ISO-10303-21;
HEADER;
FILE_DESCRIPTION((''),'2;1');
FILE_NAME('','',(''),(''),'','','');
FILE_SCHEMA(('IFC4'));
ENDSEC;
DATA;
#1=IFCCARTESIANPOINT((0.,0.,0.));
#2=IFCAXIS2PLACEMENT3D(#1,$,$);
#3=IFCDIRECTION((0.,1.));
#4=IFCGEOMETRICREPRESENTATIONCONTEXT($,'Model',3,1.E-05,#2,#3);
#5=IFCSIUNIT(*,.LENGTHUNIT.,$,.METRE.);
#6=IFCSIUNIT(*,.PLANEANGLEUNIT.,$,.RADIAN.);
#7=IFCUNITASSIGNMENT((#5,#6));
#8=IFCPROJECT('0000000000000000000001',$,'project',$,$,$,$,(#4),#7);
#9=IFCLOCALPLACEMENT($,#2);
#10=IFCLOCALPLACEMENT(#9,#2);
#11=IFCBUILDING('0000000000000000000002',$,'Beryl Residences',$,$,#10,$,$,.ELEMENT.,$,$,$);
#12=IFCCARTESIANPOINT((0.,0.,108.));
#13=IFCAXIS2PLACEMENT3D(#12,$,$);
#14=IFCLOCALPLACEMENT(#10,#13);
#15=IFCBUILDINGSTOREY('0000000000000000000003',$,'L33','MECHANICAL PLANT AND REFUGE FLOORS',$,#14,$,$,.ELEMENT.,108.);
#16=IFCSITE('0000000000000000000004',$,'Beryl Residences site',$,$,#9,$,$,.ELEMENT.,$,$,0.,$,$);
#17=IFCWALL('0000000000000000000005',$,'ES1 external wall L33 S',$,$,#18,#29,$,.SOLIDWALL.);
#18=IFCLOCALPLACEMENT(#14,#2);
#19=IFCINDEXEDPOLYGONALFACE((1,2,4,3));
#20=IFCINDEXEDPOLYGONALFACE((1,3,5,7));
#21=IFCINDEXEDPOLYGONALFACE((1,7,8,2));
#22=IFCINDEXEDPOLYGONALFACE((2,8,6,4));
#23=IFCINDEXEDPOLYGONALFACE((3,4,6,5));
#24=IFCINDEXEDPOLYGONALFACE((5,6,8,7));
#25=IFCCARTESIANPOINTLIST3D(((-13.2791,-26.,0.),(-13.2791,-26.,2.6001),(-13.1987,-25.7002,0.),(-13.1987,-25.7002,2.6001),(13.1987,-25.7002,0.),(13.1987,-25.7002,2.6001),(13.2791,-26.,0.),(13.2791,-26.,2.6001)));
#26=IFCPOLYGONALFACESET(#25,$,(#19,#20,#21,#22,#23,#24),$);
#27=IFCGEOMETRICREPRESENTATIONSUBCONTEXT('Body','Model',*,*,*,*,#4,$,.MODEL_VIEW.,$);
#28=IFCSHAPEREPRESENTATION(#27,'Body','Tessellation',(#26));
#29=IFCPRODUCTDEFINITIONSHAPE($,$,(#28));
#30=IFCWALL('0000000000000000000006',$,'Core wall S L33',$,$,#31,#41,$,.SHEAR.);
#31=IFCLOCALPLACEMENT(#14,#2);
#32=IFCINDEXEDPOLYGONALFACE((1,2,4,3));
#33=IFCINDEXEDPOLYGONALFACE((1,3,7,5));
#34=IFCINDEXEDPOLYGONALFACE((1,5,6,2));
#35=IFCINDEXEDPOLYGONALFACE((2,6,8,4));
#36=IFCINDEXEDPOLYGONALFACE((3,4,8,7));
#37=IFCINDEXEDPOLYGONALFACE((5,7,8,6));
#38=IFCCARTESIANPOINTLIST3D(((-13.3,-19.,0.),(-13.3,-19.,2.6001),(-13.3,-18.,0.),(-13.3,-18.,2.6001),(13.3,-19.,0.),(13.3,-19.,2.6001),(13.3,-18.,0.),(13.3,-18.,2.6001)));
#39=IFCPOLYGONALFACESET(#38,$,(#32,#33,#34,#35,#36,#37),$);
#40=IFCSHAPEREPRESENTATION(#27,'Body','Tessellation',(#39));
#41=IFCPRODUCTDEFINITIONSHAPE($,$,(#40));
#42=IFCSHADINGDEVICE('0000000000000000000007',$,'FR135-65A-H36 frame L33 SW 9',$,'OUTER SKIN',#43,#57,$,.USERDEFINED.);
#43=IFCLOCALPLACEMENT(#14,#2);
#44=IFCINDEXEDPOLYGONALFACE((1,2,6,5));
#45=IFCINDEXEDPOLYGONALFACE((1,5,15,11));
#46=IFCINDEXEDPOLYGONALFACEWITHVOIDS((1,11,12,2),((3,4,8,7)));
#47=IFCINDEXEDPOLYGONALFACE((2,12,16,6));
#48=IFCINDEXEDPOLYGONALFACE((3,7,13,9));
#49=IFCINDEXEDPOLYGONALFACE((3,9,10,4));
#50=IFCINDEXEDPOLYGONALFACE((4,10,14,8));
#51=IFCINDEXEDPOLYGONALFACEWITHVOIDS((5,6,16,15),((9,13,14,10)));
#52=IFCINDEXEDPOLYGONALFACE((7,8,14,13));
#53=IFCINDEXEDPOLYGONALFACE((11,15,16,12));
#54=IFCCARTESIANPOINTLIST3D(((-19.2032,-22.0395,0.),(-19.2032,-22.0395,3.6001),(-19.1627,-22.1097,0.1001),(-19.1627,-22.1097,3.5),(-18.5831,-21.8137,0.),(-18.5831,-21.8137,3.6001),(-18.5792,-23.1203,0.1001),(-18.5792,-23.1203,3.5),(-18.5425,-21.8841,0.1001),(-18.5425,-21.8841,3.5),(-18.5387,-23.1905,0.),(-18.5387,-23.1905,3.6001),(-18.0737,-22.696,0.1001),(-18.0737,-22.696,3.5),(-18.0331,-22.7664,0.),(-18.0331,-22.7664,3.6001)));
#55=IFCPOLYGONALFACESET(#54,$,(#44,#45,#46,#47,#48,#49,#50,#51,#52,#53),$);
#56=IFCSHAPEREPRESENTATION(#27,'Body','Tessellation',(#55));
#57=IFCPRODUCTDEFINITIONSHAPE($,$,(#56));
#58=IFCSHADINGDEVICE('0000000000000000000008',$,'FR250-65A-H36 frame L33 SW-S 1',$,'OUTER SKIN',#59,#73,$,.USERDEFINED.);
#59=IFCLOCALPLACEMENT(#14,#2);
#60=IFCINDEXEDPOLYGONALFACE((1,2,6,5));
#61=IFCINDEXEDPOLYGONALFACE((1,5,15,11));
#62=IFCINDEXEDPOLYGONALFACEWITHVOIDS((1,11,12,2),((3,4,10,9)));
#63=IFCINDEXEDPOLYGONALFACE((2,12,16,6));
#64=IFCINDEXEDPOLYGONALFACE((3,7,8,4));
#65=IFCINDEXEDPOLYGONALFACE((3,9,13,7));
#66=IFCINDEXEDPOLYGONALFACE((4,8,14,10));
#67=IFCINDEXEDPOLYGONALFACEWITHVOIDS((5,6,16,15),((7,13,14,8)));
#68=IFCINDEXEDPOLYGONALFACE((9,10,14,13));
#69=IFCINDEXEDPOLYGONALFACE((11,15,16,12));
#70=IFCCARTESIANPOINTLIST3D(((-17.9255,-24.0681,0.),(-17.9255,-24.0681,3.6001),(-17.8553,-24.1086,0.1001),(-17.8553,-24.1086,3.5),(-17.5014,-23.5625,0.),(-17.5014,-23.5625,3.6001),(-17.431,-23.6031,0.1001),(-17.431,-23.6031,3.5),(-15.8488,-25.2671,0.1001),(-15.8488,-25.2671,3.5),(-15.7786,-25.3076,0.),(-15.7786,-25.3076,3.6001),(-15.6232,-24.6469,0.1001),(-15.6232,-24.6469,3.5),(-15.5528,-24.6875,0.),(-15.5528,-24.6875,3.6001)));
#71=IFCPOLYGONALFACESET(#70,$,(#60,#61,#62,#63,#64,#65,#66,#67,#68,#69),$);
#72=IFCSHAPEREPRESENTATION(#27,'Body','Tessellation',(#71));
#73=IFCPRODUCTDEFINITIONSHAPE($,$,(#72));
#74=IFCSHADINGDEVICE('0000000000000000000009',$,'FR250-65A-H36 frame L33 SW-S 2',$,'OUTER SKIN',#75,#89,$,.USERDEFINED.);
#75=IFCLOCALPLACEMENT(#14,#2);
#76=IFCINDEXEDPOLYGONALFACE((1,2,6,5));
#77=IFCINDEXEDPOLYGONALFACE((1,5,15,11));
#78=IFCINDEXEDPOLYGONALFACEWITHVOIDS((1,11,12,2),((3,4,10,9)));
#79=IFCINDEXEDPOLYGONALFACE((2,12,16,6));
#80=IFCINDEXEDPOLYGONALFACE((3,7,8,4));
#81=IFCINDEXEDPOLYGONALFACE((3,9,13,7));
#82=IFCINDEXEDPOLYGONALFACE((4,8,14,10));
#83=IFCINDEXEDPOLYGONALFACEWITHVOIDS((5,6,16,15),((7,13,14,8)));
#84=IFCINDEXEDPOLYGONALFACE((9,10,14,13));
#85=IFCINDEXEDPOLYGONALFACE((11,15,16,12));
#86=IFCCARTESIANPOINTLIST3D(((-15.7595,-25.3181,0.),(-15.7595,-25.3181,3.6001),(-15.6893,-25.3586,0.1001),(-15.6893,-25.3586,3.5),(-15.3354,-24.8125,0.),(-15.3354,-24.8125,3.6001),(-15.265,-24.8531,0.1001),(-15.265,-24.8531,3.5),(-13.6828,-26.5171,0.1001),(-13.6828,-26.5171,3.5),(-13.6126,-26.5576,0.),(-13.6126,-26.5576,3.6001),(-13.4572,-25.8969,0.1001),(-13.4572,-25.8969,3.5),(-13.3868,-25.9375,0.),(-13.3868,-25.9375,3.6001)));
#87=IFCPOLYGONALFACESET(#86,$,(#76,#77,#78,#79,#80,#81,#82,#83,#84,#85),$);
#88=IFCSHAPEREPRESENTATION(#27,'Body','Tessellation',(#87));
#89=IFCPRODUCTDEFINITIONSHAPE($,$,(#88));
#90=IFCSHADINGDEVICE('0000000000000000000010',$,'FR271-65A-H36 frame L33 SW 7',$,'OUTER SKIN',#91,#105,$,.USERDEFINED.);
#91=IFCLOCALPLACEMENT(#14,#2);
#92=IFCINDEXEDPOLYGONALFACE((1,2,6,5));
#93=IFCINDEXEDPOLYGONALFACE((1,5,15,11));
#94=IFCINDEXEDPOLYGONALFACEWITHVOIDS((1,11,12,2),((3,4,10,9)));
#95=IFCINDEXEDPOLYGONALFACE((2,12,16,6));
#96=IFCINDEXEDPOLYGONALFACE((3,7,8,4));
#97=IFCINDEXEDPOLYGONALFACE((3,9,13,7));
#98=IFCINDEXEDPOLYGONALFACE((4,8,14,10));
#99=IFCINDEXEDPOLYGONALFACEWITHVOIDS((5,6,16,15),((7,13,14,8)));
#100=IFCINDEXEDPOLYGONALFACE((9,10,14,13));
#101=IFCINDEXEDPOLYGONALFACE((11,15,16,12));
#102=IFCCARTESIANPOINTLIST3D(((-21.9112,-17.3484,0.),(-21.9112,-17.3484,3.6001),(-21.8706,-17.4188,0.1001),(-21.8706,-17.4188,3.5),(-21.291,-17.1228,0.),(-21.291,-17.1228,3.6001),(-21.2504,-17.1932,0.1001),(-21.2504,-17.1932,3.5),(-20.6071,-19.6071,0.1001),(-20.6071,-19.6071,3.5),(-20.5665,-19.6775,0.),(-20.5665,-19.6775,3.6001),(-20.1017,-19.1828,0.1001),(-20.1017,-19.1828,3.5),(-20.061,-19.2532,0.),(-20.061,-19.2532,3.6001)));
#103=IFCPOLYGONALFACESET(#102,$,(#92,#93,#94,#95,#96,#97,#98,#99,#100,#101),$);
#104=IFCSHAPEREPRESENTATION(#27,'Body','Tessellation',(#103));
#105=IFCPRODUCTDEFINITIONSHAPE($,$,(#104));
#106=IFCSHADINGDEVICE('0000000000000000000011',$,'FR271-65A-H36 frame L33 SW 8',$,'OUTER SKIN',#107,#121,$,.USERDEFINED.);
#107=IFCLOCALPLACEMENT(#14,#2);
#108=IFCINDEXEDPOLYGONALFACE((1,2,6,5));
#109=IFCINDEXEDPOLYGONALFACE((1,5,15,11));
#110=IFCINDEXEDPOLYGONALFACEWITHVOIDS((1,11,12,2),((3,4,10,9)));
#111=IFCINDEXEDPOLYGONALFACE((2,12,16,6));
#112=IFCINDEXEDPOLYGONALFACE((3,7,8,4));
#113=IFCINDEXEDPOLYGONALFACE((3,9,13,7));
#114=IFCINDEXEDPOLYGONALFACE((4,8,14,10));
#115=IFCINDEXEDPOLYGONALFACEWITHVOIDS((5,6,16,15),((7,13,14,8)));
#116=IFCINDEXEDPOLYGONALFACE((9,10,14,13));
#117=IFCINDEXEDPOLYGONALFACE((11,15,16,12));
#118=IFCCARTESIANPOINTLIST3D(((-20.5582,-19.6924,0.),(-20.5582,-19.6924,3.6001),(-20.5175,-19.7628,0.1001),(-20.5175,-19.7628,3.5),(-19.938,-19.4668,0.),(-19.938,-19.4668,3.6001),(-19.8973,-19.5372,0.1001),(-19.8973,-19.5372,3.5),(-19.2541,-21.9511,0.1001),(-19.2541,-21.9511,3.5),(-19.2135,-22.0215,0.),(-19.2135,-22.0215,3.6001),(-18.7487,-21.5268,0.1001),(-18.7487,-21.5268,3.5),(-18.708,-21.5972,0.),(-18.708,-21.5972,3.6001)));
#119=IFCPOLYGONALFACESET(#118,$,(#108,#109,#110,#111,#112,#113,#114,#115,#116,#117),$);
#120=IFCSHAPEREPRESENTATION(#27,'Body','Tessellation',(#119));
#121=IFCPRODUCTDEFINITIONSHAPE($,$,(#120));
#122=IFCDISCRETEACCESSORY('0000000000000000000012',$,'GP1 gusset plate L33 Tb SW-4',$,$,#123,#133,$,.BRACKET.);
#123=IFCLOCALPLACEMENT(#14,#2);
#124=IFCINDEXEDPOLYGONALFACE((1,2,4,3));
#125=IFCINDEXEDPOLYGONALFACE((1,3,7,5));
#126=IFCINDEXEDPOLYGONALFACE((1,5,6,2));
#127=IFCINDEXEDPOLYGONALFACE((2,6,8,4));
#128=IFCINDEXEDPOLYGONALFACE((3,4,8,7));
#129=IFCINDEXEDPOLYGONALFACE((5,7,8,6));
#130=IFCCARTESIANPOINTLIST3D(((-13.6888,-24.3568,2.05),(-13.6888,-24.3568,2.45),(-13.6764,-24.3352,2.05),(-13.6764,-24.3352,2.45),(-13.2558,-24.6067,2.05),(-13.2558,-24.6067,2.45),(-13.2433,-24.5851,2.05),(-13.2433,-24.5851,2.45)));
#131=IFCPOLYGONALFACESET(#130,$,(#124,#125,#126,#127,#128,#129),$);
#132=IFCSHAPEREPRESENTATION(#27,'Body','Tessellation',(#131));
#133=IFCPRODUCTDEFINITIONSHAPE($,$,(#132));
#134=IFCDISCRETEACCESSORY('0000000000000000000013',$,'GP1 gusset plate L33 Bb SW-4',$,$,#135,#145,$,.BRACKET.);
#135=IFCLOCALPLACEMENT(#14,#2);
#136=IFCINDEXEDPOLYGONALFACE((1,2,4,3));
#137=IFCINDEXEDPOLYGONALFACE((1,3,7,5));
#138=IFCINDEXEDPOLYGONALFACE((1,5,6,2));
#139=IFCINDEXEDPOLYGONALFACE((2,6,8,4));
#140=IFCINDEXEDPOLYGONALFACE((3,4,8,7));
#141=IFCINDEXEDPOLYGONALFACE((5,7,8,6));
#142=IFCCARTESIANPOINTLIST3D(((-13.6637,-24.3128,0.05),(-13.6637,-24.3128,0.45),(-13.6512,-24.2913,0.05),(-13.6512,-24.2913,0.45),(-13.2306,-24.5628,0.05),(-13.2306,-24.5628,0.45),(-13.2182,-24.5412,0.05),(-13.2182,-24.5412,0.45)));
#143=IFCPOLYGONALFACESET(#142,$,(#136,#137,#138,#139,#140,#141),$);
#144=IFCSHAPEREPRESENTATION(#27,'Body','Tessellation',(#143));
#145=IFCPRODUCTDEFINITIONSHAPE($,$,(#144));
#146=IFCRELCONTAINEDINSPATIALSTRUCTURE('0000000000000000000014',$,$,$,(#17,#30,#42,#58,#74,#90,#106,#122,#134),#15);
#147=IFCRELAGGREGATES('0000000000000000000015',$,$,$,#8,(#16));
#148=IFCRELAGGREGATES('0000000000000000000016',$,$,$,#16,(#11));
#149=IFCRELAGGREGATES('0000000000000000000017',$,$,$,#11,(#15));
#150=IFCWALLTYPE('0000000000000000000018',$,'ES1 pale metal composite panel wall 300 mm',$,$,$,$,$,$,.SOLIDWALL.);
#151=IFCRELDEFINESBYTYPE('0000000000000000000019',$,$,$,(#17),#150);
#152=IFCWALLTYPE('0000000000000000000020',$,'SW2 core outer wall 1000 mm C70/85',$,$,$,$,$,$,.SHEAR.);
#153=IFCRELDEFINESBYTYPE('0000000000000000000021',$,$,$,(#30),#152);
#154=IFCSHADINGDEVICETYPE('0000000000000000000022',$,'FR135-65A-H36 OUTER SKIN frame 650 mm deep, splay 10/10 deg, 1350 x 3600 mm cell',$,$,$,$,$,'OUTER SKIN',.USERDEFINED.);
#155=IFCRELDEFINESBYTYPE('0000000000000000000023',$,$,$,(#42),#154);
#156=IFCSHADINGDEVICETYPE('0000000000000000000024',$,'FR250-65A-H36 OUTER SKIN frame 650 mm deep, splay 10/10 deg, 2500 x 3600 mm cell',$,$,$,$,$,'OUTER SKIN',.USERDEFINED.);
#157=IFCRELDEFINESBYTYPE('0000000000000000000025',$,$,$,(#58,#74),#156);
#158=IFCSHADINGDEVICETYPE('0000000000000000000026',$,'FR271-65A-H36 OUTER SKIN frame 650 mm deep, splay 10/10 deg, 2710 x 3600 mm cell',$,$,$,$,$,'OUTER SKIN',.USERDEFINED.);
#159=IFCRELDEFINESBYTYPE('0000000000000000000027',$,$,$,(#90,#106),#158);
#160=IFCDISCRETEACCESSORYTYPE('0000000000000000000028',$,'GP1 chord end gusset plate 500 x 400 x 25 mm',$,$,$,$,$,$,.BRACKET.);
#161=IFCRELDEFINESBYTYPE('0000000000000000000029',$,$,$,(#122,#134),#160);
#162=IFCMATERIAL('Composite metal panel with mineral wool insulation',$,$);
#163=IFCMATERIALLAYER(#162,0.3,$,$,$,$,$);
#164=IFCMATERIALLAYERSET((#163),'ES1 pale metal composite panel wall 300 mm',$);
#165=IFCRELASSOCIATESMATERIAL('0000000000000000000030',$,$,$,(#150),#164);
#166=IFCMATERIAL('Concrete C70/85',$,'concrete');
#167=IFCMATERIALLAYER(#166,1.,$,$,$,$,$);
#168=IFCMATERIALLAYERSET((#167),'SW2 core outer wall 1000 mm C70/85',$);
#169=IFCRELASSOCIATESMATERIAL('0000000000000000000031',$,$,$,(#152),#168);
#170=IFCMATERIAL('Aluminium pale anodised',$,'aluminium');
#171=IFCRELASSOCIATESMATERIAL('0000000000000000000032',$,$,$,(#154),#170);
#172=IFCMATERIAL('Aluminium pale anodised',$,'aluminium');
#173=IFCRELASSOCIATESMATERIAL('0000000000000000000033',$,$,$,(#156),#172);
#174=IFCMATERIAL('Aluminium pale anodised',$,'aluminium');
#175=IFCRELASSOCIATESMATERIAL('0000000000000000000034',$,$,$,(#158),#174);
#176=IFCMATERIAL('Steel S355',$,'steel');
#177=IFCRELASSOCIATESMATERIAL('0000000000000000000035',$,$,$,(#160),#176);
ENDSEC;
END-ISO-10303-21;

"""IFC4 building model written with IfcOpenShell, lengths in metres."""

from ifc_helpers import new_model, entity, si_unit, direction, frame, frame_2d, origin, origin_2d, place, context, subcontext, project, spatial, polyline, rectangle, outline, extrude, source, transform, mapped, material, layer, layer_set, type_object, type_shapes, element, save


model = new_model("IFC4")

# Units and contexts
model_context = context("Model", 3, precision=1e-05, world=origin(), true_north=direction((0.0, 1.0)))
body_context = subcontext(model_context, "Body", "Model", "MODEL_VIEW")
ifc_project = project(units=[si_unit("LENGTHUNIT", "METRE"), si_unit("PLANEANGLEUNIT", "RADIAN")], contexts=[model_context])

# Site, building, storey
site_placement = place(None, origin())
site = spatial("IfcSite", under=ifc_project, at=site_placement, Name="Beryl Residences site", CompositionType="ELEMENT", RefElevation=0.0)
building_placement = place(site_placement, origin())
building = spatial("IfcBuilding", under=site, at=building_placement, Name="Beryl Residences", CompositionType="ELEMENT")
storey_placement = place(building_placement, frame((0.0, 0.0, 108.0)))
storey = spatial("IfcBuildingStorey", under=building, at=storey_placement, Name="L33", Description="MECHANICAL PLANT AND REFUGE FLOORS", CompositionType="ELEMENT", Elevation=108.0)

# Walls
ifc_material_1 = material(Name="Composite metal panel with mineral wool insulation")
ifc_layer_1 = layer(ifc_material_1, 0.3)
ifc_layer_set_1 = layer_set([ifc_layer_1], Name="ES1 pale metal composite panel wall 300 mm")
wall_type_1 = type_object("IfcWallType", Name="ES1 pale metal composite panel wall 300 mm", PredefinedType="SOLIDWALL", material=ifc_layer_set_1)
wall_1_placement = place(storey_placement, frame((-13.2791, -25.8501, 0.0), z_axis=(0.0, 0.0, 1.0), x_axis=(1.0, 0.0, 0.0)))
element("IfcWall", 1, at=wall_1_placement, inside=storey, type_object=wall_type_1, Name="ES1 external wall L33 S", PredefinedType="SOLIDWALL", context=body_context, shape_type="SweptSolid", body=[
    extrude(outline(polyline([(0.0, -0.1499), (26.5581, -0.1499), (26.4778, 0.1499), (0.0803, 0.1499), (0.0, -0.1499)])), origin(), (0.0, 0.0, 1.0), 2.6001),
])
ifc_material_2 = material(Name="Concrete C70/85", Category="concrete")
ifc_layer_2 = layer(ifc_material_2, 1.0)
ifc_layer_set_2 = layer_set([ifc_layer_2], Name="SW2 core outer wall 1000 mm C70/85")
wall_type_2 = type_object("IfcWallType", Name="SW2 core outer wall 1000 mm C70/85", PredefinedType="SHEAR", material=ifc_layer_set_2)
wall_2_placement = place(storey_placement, frame((-13.3, -18.5, 0.0), z_axis=(0.0, 0.0, 1.0), x_axis=(1.0, 0.0, 0.0)))
element("IfcWall", 2, at=wall_2_placement, inside=storey, type_object=wall_type_2, Name="Core wall S L33", PredefinedType="SHEAR", context=body_context, shape_type="SweptSolid", body=[
    extrude(rectangle(XDim=26.6001, YDim=1.0, at=frame_2d((13.3, 0.0))), origin(), (0.0, 0.0, 1.0), 2.6001),
])

# Shading devices
ifc_material_3 = material(Name="Aluminium pale anodised", Category="aluminium")
shading_device_type_1 = type_object("IfcShadingDeviceType", Name="FR135-65A-H36 OUTER SKIN frame 650 mm deep, splay 10/10 deg, 1350 x 3600 mm cell", ElementType="OUTER SKIN", PredefinedType="USERDEFINED", material=ifc_material_3)
cartesian_point_1 = entity("IfcCartesianPoint", [-0.55, 0.0])
cartesian_point_2 = entity("IfcCartesianPoint", [-0.4688, 0.1001])
cartesian_point_3 = entity("IfcCartesianPoint", [-0.6646, 0.0])
cartesian_point_4 = entity("IfcCartesianPoint", [-0.5835, 0.1001])
shared_shape_1 = source(origin(), body_context, "Body", "SweptSolid", [
    entity("IfcExtrudedAreaSolidTapered", entity("IfcArbitraryProfileDefWithVoids", "AREA", None, entity("IfcPolyline", [cartesian_point_1, entity("IfcCartesianPoint", [0.55, 0.0]), entity("IfcCartesianPoint", [0.55, 3.6001]), entity("IfcCartesianPoint", [-0.55, 3.6001]), cartesian_point_1]), [entity("IfcPolyline", [cartesian_point_2, entity("IfcCartesianPoint", [0.4688, 0.1001]), entity("IfcCartesianPoint", [0.4688, 3.5]), entity("IfcCartesianPoint", [-0.4688, 3.5]), cartesian_point_2])]), entity("IfcAxis2Placement3D", entity("IfcCartesianPoint", [0.0, 0.0, 0.0]), entity("IfcDirection", [0.0, 1.0, 0.0]), entity("IfcDirection", [-1.0, 0.0, 0.0])), entity("IfcDirection", [0.0, 0.0, 1.0]), 0.6499, entity("IfcArbitraryProfileDefWithVoids", "AREA", None, entity("IfcPolyline", [cartesian_point_3, entity("IfcCartesianPoint", [0.6646, 0.0]), entity("IfcCartesianPoint", [0.6646, 3.6001]), entity("IfcCartesianPoint", [-0.6646, 3.6001]), cartesian_point_3]), [entity("IfcPolyline", [cartesian_point_4, entity("IfcCartesianPoint", [0.5835, 0.1001]), entity("IfcCartesianPoint", [0.5835, 3.5]), entity("IfcCartesianPoint", [-0.5835, 3.5]), cartesian_point_4])])),
])
type_shapes(shading_device_type_1, [shared_shape_1])
shading_device_placement = place(storey_placement, frame((-18.3081, -22.29, 0.0), z_axis=(0.0, 0.0, 1.0), x_axis=(-0.5, 0.866025, 0.0)))
element("IfcShadingDevice", 3, at=shading_device_placement, inside=storey, type_object=shading_device_type_1, Name="FR135-65A-H36 frame L33 SW 9", ObjectType="OUTER SKIN", PredefinedType="USERDEFINED", context=body_context, shape_type="MappedRepresentation", body=[
    mapped(shared_shape_1, transform((0.0, 0.0, 0.0))),
])
ifc_material_4 = material(Name="Aluminium pale anodised", Category="aluminium")
shading_device_type_2 = type_object("IfcShadingDeviceType", Name="FR250-65A-H36 OUTER SKIN frame 650 mm deep, splay 10/10 deg, 2500 x 3600 mm cell", ElementType="OUTER SKIN", PredefinedType="USERDEFINED", material=ifc_material_4)
cartesian_point_5 = entity("IfcCartesianPoint", [-1.125, 0.0])
cartesian_point_6 = entity("IfcCartesianPoint", [-1.0437, 0.1001])
cartesian_point_7 = entity("IfcCartesianPoint", [-1.2395, 0.0])
cartesian_point_8 = entity("IfcCartesianPoint", [-1.1584, 0.1001])
shared_shape_2 = source(origin(), body_context, "Body", "SweptSolid", [
    entity("IfcExtrudedAreaSolidTapered", entity("IfcArbitraryProfileDefWithVoids", "AREA", None, entity("IfcPolyline", [cartesian_point_5, entity("IfcCartesianPoint", [1.125, 0.0]), entity("IfcCartesianPoint", [1.125, 3.6001]), entity("IfcCartesianPoint", [-1.125, 3.6001]), cartesian_point_5]), [entity("IfcPolyline", [cartesian_point_6, entity("IfcCartesianPoint", [1.0437, 0.1001]), entity("IfcCartesianPoint", [1.0437, 3.5]), entity("IfcCartesianPoint", [-1.0437, 3.5]), cartesian_point_6])]), entity("IfcAxis2Placement3D", entity("IfcCartesianPoint", [0.0, 0.0, 0.0]), entity("IfcDirection", [0.0, 1.0, 0.0]), entity("IfcDirection", [-1.0, 0.0, 0.0])), entity("IfcDirection", [0.0, 0.0, 1.0]), 0.6499, entity("IfcArbitraryProfileDefWithVoids", "AREA", None, entity("IfcPolyline", [cartesian_point_7, entity("IfcCartesianPoint", [1.2395, 0.0]), entity("IfcCartesianPoint", [1.2395, 3.6001]), entity("IfcCartesianPoint", [-1.2395, 3.6001]), cartesian_point_7]), [entity("IfcPolyline", [cartesian_point_8, entity("IfcCartesianPoint", [1.1584, 0.1001]), entity("IfcCartesianPoint", [1.1584, 3.5]), entity("IfcCartesianPoint", [-1.1584, 3.5]), cartesian_point_8])])),
])
type_shapes(shading_device_type_2, [shared_shape_2])
for number, where, z_axis, x_axis, name in (
    (4, (-16.5271, -24.125, 0.0), (0.0, 0.0, 1.0), (-0.866025, 0.5, 0.0), "FR250-65A-H36 frame L33 SW-S 1"),
    (5, (-14.3611, -25.375, 0.0), (0.0, 0.0, 1.0), (-0.866025, 0.5, 0.0), "FR250-65A-H36 frame L33 SW-S 2"),
):
    element("IfcShadingDevice", number, at=place(storey_placement, frame(where, z_axis=z_axis, x_axis=x_axis)), inside=storey, type_object=shading_device_type_2, Name=name, ObjectType="OUTER SKIN", PredefinedType="USERDEFINED", context=body_context, shape_type="MappedRepresentation", body=[
        mapped(shared_shape_2, transform((0.0, 0.0, 0.0))),
    ])
ifc_material_5 = material(Name="Aluminium pale anodised", Category="aluminium")
shading_device_type_3 = type_object("IfcShadingDeviceType", Name="FR271-65A-H36 OUTER SKIN frame 650 mm deep, splay 10/10 deg, 2710 x 3600 mm cell", ElementType="OUTER SKIN", PredefinedType="USERDEFINED", material=ifc_material_5)
cartesian_point_9 = entity("IfcCartesianPoint", [-1.23, 0.0])
cartesian_point_10 = entity("IfcCartesianPoint", [-1.1487, 0.1001])
cartesian_point_11 = entity("IfcCartesianPoint", [-1.3447, 0.0])
cartesian_point_12 = entity("IfcCartesianPoint", [-1.2634, 0.1001])
shared_shape_3 = source(origin(), body_context, "Body", "SweptSolid", [
    entity("IfcExtrudedAreaSolidTapered", entity("IfcArbitraryProfileDefWithVoids", "AREA", None, entity("IfcPolyline", [cartesian_point_9, entity("IfcCartesianPoint", [1.23, 0.0]), entity("IfcCartesianPoint", [1.23, 3.6001]), entity("IfcCartesianPoint", [-1.23, 3.6001]), cartesian_point_9]), [entity("IfcPolyline", [cartesian_point_10, entity("IfcCartesianPoint", [1.1487, 0.1001]), entity("IfcCartesianPoint", [1.1487, 3.5]), entity("IfcCartesianPoint", [-1.1487, 3.5]), cartesian_point_10])]), entity("IfcAxis2Placement3D", entity("IfcCartesianPoint", [0.0, 0.0, 0.0]), entity("IfcDirection", [0.0, 1.0, 0.0]), entity("IfcDirection", [-1.0, 0.0, 0.0])), entity("IfcDirection", [0.0, 0.0, 1.0]), 0.6499, entity("IfcArbitraryProfileDefWithVoids", "AREA", None, entity("IfcPolyline", [cartesian_point_11, entity("IfcCartesianPoint", [1.3447, 0.0]), entity("IfcCartesianPoint", [1.3447, 3.6001]), entity("IfcCartesianPoint", [-1.3447, 3.6001]), cartesian_point_11]), [entity("IfcPolyline", [cartesian_point_12, entity("IfcCartesianPoint", [1.2634, 0.1001]), entity("IfcCartesianPoint", [1.2634, 3.5]), entity("IfcCartesianPoint", [-1.2634, 3.5]), cartesian_point_12])])),
])
type_shapes(shading_device_type_3, [shared_shape_3])
for number, where, z_axis, x_axis, name in (
    (6, (-20.676, -18.188, 0.0), (0.0, 0.0, 1.0), (-0.5, 0.866025, 0.0), "FR271-65A-H36 frame L33 SW 7"),
    (7, (-19.323, -20.532, 0.0), (0.0, 0.0, 1.0), (-0.5, 0.866025, 0.0), "FR271-65A-H36 frame L33 SW 8"),
):
    element("IfcShadingDevice", number, at=place(storey_placement, frame(where, z_axis=z_axis, x_axis=x_axis)), inside=storey, type_object=shading_device_type_3, Name=name, ObjectType="OUTER SKIN", PredefinedType="USERDEFINED", context=body_context, shape_type="MappedRepresentation", body=[
        mapped(shared_shape_3, transform((0.0, 0.0, 0.0))),
    ])

# Discrete accessories
ifc_material_6 = material(Name="Steel S355", Category="steel")
discrete_accessory_type = type_object("IfcDiscreteAccessoryType", Name="GP1 chord end gusset plate 500 x 400 x 25 mm", PredefinedType="BRACKET", material=ifc_material_6)
for number, where, z_axis, x_axis, name in (
    (8, (-13.4661, -24.4709, 2.05), (0.0, 0.0, 1.0), (-0.866106, 0.499861, 0.0), "GP1 gusset plate L33 Tb SW-4"),
    (9, (-13.4409, -24.427, 0.05), (0.0, 0.0, 1.0), (-0.866106, 0.499861, 0.0), "GP1 gusset plate L33 Bb SW-4"),
):
    element("IfcDiscreteAccessory", number, at=place(storey_placement, frame(where, z_axis=z_axis, x_axis=x_axis)), inside=storey, type_object=discrete_accessory_type, Name=name, PredefinedType="BRACKET", context=body_context, shape_type="SweptSolid", body=[
        extrude(rectangle(XDim=0.5, YDim=0.0249, at=origin_2d()), origin(), (0.0, 0.0, 1.0), 0.3999),
    ])

save(model, "model.ifc")
